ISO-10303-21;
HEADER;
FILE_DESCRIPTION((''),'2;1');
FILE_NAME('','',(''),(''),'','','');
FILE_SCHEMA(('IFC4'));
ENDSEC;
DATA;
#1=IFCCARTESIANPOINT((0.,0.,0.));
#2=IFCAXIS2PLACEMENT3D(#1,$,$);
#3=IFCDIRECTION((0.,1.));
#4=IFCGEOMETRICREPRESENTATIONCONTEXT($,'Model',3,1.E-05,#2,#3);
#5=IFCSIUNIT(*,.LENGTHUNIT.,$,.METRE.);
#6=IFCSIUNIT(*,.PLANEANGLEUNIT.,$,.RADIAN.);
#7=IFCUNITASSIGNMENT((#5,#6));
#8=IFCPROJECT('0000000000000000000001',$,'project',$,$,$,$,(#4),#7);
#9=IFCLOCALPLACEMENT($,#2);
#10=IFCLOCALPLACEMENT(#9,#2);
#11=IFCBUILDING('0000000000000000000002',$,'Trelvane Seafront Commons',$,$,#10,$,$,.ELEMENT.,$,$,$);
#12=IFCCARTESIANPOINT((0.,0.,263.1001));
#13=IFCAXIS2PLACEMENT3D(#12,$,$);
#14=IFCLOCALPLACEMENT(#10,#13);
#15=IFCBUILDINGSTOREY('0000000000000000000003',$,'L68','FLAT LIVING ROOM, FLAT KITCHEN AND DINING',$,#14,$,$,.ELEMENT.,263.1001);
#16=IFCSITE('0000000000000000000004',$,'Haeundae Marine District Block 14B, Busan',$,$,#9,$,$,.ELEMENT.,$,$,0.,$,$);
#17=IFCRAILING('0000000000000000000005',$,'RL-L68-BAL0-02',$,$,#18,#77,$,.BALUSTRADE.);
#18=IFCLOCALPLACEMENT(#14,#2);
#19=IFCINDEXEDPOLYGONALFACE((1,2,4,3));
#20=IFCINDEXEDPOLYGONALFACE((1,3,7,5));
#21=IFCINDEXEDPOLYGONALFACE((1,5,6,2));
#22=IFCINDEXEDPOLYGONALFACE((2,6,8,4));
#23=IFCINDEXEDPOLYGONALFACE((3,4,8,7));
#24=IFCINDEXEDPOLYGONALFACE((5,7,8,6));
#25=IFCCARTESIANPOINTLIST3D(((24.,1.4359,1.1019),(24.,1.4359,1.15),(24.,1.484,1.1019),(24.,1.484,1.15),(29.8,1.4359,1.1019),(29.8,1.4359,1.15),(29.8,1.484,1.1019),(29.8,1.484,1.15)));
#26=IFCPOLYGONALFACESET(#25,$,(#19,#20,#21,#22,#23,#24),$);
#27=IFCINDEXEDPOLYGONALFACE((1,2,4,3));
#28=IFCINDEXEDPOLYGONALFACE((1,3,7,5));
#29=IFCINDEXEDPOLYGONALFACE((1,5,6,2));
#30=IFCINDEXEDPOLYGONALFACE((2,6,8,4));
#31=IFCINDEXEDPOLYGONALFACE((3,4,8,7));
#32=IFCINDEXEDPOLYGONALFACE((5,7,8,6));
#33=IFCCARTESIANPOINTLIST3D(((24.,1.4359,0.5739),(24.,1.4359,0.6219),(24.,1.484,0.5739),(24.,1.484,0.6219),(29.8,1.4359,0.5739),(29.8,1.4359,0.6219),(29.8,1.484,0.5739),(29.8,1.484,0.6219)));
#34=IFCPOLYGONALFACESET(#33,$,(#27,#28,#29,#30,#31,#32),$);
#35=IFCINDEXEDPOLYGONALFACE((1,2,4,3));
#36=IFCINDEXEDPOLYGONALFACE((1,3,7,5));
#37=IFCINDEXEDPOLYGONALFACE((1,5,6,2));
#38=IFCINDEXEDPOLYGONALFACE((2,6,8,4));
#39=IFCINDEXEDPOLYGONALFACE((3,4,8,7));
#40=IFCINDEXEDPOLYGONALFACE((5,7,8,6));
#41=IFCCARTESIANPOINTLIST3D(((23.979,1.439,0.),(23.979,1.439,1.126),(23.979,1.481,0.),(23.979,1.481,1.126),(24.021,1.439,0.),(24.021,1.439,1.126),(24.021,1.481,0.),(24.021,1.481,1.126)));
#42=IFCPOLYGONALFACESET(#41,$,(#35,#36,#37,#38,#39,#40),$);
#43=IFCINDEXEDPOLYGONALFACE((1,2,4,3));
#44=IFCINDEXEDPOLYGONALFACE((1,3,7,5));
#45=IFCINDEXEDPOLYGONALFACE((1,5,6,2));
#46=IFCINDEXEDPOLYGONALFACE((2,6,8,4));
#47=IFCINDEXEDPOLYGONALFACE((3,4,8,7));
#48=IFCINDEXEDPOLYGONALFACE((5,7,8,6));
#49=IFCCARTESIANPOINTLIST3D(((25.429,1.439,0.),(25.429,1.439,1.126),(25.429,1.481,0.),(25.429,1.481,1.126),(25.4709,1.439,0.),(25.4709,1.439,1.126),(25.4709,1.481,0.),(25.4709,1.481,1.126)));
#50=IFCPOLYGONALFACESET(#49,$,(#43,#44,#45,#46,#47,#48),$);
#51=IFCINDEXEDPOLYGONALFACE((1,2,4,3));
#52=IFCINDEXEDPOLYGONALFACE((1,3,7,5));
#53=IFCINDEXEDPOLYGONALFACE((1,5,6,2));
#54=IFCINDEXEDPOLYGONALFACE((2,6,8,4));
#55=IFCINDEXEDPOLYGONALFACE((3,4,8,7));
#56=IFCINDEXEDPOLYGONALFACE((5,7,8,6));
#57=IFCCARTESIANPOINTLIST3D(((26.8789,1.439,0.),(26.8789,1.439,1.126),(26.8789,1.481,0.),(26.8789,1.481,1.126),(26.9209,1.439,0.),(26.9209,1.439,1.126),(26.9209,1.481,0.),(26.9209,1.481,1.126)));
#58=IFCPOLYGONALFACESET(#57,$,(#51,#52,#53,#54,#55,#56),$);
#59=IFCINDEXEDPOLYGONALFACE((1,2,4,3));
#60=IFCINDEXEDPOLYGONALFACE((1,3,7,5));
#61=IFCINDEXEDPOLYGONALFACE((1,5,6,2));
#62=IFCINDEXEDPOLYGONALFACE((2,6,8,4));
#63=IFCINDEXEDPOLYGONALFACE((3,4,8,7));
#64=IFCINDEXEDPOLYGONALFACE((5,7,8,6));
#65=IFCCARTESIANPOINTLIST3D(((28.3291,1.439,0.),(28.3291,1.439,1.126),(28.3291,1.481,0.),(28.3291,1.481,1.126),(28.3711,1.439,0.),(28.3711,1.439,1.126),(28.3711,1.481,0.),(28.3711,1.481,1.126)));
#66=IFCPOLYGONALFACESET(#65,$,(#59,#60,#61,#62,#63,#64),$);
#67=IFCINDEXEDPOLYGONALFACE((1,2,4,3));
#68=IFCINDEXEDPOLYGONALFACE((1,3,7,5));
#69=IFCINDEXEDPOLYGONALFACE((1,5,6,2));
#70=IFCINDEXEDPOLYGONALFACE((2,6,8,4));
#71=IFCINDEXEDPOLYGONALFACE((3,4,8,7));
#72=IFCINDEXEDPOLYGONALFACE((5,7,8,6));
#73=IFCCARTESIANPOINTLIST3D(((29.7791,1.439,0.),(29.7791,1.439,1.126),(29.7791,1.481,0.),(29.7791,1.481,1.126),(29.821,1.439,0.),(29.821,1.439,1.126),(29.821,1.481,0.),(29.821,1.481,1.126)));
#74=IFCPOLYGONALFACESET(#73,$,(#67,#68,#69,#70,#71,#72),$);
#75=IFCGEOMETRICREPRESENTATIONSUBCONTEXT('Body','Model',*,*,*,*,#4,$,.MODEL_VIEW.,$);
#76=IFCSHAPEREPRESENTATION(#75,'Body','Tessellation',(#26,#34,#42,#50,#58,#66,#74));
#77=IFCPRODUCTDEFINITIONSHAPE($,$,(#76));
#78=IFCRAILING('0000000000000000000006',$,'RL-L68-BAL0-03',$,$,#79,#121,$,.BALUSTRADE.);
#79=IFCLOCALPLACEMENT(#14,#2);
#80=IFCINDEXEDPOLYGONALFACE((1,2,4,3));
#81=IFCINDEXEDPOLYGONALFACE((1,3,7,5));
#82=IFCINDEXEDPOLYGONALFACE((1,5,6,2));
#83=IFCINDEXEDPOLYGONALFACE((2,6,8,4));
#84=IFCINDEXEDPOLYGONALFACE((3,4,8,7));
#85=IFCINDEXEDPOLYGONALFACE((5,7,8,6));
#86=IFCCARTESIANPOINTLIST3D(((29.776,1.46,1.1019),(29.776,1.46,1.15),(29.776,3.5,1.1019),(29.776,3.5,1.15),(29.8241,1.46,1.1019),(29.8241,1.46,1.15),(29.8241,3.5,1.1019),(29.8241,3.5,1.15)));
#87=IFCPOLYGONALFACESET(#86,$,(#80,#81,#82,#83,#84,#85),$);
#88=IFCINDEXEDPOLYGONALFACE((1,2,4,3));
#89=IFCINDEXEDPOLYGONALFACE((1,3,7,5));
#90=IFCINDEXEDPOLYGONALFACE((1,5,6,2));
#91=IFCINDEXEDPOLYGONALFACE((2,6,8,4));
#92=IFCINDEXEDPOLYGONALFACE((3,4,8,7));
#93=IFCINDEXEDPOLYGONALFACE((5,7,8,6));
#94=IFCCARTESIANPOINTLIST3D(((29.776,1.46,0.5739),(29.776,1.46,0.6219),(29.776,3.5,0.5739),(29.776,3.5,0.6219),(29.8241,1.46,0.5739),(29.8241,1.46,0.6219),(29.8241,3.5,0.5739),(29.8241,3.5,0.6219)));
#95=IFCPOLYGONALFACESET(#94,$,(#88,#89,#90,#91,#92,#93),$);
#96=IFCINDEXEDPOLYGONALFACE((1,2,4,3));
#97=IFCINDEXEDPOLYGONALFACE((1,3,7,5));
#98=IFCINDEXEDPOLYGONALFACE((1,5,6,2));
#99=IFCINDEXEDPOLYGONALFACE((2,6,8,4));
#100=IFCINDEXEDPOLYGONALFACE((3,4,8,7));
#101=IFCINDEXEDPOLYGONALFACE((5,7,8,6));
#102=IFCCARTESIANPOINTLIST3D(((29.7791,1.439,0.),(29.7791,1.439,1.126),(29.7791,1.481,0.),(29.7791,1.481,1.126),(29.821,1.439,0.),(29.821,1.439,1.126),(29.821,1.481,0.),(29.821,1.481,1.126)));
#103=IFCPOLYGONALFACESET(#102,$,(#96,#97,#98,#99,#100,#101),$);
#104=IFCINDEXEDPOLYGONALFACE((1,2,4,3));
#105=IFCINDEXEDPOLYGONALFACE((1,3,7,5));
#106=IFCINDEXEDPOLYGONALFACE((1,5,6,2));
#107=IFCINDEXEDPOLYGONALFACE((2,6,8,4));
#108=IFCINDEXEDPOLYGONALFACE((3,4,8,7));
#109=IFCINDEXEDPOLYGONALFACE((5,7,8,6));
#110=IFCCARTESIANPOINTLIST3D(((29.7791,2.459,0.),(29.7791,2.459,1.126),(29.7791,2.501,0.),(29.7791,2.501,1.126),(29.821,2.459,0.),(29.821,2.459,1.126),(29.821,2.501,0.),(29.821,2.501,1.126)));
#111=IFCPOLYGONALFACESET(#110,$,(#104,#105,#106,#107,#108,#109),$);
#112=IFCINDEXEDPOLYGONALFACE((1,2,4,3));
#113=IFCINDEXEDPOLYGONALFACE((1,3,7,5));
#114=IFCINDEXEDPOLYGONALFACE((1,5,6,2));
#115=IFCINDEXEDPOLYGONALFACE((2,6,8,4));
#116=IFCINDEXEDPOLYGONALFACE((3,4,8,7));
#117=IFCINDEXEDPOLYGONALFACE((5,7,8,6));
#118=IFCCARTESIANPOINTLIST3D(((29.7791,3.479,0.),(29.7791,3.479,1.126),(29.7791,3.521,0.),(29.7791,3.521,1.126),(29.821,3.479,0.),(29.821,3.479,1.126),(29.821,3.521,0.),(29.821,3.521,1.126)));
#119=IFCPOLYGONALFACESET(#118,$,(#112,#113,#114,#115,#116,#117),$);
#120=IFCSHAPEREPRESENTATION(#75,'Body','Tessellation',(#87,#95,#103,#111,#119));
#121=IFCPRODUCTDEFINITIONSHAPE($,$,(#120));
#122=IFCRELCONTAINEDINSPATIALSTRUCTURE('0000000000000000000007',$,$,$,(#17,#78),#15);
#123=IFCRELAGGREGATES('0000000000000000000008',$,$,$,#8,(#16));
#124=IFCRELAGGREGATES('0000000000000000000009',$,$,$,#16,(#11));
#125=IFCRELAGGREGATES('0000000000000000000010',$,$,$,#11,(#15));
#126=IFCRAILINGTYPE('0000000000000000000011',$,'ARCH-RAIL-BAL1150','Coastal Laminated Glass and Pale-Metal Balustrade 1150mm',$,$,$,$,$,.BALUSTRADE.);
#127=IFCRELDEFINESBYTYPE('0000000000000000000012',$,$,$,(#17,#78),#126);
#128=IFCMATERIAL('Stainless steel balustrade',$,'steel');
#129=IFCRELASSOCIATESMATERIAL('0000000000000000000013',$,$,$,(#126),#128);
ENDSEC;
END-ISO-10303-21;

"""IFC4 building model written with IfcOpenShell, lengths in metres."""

from ifc_helpers import new_model, si_unit, direction, frame, origin, origin_2d, place, context, subcontext, project, spatial, rectangle, extrude, material, type_object, element, save


model = new_model("IFC4")

# Units and contexts
model_context = context("Model", 3, precision=1e-05, world=origin(), true_north=direction((0.0, 1.0)))
body_context = subcontext(model_context, "Body", "Model", "MODEL_VIEW")
ifc_project = project(units=[si_unit("LENGTHUNIT", "METRE"), si_unit("PLANEANGLEUNIT", "RADIAN")], contexts=[model_context])

# Site, building, storey
site_placement = place(None, origin())
site = spatial("IfcSite", under=ifc_project, at=site_placement, Name="Haeundae Marine District Block 14B, Busan", CompositionType="ELEMENT", RefElevation=0.0)
building_placement = place(site_placement, origin())
building = spatial("IfcBuilding", under=site, at=building_placement, Name="Trelvane Seafront Commons", CompositionType="ELEMENT")
storey_placement = place(building_placement, frame((0.0, 0.0, 263.1001)))
storey = spatial("IfcBuildingStorey", under=building, at=storey_placement, Name="L68", Description="FLAT LIVING ROOM, FLAT KITCHEN AND DINING", CompositionType="ELEMENT", Elevation=263.1001)

# Railings
ifc_material_1 = material(Name="Stainless steel balustrade", Category="steel")
railing_type = type_object("IfcRailingType", Name="ARCH-RAIL-BAL1150", Description="Coastal Laminated Glass and Pale-Metal Balustrade 1150mm", PredefinedType="BALUSTRADE", material=ifc_material_1)
railing_1_placement = place(storey_placement, frame((24.0, 1.46, 0.0)))
element("IfcRailing", 1, at=railing_1_placement, inside=storey, type_object=railing_type, Name="RL-L68-BAL0-02", PredefinedType="BALUSTRADE", context=body_context, shape_type="SweptSolid", body=[
    extrude(rectangle(XDim=0.0481, YDim=0.0481, at=origin_2d()), frame((0.0, 0.0, 1.126), z_axis=(1.0, 0.0, 0.0), x_axis=(0.0, 1.0, 0.0)), (0.0, 0.0, 1.0), 5.8),
    extrude(rectangle(XDim=0.0481, YDim=0.0481, at=origin_2d()), frame((0.0, 0.0, 0.5979), z_axis=(1.0, 0.0, 0.0), x_axis=(0.0, 1.0, 0.0)), (0.0, 0.0, 1.0), 5.8),
    extrude(rectangle(XDim=0.042, YDim=0.042, at=origin_2d()), origin(), (0.0, 0.0, 1.0), 1.126),
    extrude(rectangle(XDim=0.042, YDim=0.042, at=origin_2d()), frame((1.45, 0.0, 0.0)), (0.0, 0.0, 1.0), 1.126),
    extrude(rectangle(XDim=0.042, YDim=0.042, at=origin_2d()), frame((2.8999, 0.0, 0.0)), (0.0, 0.0, 1.0), 1.126),
    extrude(rectangle(XDim=0.042, YDim=0.042, at=origin_2d()), frame((4.3501, 0.0, 0.0)), (0.0, 0.0, 1.0), 1.126),
    extrude(rectangle(XDim=0.042, YDim=0.042, at=origin_2d()), frame((5.8, 0.0, 0.0)), (0.0, 0.0, 1.0), 1.126),
])
railing_2_placement = place(storey_placement, frame((29.8, 1.46, 0.0)))
element("IfcRailing", 2, at=railing_2_placement, inside=storey, type_object=railing_type, Name="RL-L68-BAL0-03", PredefinedType="BALUSTRADE", context=body_context, shape_type="SweptSolid", body=[
    extrude(rectangle(XDim=0.0481, YDim=0.0481, at=origin_2d()), frame((0.0, 0.0, 1.126), z_axis=(0.0, 1.0, 0.0), x_axis=(-1.0, 0.0, 0.0)), (0.0, 0.0, 1.0), 2.04),
    extrude(rectangle(XDim=0.0481, YDim=0.0481, at=origin_2d()), frame((0.0, 0.0, 0.5979), z_axis=(0.0, 1.0, 0.0), x_axis=(-1.0, 0.0, 0.0)), (0.0, 0.0, 1.0), 2.04),
    extrude(rectangle(XDim=0.042, YDim=0.042, at=origin_2d()), origin(), (0.0, 0.0, 1.0), 1.126),
    extrude(rectangle(XDim=0.042, YDim=0.042, at=origin_2d()), frame((0.0, 1.02, 0.0)), (0.0, 0.0, 1.0), 1.126),
    extrude(rectangle(XDim=0.042, YDim=0.042, at=origin_2d()), frame((0.0, 2.04, 0.0)), (0.0, 0.0, 1.0), 1.126),
])

save(model, "model.ifc")
